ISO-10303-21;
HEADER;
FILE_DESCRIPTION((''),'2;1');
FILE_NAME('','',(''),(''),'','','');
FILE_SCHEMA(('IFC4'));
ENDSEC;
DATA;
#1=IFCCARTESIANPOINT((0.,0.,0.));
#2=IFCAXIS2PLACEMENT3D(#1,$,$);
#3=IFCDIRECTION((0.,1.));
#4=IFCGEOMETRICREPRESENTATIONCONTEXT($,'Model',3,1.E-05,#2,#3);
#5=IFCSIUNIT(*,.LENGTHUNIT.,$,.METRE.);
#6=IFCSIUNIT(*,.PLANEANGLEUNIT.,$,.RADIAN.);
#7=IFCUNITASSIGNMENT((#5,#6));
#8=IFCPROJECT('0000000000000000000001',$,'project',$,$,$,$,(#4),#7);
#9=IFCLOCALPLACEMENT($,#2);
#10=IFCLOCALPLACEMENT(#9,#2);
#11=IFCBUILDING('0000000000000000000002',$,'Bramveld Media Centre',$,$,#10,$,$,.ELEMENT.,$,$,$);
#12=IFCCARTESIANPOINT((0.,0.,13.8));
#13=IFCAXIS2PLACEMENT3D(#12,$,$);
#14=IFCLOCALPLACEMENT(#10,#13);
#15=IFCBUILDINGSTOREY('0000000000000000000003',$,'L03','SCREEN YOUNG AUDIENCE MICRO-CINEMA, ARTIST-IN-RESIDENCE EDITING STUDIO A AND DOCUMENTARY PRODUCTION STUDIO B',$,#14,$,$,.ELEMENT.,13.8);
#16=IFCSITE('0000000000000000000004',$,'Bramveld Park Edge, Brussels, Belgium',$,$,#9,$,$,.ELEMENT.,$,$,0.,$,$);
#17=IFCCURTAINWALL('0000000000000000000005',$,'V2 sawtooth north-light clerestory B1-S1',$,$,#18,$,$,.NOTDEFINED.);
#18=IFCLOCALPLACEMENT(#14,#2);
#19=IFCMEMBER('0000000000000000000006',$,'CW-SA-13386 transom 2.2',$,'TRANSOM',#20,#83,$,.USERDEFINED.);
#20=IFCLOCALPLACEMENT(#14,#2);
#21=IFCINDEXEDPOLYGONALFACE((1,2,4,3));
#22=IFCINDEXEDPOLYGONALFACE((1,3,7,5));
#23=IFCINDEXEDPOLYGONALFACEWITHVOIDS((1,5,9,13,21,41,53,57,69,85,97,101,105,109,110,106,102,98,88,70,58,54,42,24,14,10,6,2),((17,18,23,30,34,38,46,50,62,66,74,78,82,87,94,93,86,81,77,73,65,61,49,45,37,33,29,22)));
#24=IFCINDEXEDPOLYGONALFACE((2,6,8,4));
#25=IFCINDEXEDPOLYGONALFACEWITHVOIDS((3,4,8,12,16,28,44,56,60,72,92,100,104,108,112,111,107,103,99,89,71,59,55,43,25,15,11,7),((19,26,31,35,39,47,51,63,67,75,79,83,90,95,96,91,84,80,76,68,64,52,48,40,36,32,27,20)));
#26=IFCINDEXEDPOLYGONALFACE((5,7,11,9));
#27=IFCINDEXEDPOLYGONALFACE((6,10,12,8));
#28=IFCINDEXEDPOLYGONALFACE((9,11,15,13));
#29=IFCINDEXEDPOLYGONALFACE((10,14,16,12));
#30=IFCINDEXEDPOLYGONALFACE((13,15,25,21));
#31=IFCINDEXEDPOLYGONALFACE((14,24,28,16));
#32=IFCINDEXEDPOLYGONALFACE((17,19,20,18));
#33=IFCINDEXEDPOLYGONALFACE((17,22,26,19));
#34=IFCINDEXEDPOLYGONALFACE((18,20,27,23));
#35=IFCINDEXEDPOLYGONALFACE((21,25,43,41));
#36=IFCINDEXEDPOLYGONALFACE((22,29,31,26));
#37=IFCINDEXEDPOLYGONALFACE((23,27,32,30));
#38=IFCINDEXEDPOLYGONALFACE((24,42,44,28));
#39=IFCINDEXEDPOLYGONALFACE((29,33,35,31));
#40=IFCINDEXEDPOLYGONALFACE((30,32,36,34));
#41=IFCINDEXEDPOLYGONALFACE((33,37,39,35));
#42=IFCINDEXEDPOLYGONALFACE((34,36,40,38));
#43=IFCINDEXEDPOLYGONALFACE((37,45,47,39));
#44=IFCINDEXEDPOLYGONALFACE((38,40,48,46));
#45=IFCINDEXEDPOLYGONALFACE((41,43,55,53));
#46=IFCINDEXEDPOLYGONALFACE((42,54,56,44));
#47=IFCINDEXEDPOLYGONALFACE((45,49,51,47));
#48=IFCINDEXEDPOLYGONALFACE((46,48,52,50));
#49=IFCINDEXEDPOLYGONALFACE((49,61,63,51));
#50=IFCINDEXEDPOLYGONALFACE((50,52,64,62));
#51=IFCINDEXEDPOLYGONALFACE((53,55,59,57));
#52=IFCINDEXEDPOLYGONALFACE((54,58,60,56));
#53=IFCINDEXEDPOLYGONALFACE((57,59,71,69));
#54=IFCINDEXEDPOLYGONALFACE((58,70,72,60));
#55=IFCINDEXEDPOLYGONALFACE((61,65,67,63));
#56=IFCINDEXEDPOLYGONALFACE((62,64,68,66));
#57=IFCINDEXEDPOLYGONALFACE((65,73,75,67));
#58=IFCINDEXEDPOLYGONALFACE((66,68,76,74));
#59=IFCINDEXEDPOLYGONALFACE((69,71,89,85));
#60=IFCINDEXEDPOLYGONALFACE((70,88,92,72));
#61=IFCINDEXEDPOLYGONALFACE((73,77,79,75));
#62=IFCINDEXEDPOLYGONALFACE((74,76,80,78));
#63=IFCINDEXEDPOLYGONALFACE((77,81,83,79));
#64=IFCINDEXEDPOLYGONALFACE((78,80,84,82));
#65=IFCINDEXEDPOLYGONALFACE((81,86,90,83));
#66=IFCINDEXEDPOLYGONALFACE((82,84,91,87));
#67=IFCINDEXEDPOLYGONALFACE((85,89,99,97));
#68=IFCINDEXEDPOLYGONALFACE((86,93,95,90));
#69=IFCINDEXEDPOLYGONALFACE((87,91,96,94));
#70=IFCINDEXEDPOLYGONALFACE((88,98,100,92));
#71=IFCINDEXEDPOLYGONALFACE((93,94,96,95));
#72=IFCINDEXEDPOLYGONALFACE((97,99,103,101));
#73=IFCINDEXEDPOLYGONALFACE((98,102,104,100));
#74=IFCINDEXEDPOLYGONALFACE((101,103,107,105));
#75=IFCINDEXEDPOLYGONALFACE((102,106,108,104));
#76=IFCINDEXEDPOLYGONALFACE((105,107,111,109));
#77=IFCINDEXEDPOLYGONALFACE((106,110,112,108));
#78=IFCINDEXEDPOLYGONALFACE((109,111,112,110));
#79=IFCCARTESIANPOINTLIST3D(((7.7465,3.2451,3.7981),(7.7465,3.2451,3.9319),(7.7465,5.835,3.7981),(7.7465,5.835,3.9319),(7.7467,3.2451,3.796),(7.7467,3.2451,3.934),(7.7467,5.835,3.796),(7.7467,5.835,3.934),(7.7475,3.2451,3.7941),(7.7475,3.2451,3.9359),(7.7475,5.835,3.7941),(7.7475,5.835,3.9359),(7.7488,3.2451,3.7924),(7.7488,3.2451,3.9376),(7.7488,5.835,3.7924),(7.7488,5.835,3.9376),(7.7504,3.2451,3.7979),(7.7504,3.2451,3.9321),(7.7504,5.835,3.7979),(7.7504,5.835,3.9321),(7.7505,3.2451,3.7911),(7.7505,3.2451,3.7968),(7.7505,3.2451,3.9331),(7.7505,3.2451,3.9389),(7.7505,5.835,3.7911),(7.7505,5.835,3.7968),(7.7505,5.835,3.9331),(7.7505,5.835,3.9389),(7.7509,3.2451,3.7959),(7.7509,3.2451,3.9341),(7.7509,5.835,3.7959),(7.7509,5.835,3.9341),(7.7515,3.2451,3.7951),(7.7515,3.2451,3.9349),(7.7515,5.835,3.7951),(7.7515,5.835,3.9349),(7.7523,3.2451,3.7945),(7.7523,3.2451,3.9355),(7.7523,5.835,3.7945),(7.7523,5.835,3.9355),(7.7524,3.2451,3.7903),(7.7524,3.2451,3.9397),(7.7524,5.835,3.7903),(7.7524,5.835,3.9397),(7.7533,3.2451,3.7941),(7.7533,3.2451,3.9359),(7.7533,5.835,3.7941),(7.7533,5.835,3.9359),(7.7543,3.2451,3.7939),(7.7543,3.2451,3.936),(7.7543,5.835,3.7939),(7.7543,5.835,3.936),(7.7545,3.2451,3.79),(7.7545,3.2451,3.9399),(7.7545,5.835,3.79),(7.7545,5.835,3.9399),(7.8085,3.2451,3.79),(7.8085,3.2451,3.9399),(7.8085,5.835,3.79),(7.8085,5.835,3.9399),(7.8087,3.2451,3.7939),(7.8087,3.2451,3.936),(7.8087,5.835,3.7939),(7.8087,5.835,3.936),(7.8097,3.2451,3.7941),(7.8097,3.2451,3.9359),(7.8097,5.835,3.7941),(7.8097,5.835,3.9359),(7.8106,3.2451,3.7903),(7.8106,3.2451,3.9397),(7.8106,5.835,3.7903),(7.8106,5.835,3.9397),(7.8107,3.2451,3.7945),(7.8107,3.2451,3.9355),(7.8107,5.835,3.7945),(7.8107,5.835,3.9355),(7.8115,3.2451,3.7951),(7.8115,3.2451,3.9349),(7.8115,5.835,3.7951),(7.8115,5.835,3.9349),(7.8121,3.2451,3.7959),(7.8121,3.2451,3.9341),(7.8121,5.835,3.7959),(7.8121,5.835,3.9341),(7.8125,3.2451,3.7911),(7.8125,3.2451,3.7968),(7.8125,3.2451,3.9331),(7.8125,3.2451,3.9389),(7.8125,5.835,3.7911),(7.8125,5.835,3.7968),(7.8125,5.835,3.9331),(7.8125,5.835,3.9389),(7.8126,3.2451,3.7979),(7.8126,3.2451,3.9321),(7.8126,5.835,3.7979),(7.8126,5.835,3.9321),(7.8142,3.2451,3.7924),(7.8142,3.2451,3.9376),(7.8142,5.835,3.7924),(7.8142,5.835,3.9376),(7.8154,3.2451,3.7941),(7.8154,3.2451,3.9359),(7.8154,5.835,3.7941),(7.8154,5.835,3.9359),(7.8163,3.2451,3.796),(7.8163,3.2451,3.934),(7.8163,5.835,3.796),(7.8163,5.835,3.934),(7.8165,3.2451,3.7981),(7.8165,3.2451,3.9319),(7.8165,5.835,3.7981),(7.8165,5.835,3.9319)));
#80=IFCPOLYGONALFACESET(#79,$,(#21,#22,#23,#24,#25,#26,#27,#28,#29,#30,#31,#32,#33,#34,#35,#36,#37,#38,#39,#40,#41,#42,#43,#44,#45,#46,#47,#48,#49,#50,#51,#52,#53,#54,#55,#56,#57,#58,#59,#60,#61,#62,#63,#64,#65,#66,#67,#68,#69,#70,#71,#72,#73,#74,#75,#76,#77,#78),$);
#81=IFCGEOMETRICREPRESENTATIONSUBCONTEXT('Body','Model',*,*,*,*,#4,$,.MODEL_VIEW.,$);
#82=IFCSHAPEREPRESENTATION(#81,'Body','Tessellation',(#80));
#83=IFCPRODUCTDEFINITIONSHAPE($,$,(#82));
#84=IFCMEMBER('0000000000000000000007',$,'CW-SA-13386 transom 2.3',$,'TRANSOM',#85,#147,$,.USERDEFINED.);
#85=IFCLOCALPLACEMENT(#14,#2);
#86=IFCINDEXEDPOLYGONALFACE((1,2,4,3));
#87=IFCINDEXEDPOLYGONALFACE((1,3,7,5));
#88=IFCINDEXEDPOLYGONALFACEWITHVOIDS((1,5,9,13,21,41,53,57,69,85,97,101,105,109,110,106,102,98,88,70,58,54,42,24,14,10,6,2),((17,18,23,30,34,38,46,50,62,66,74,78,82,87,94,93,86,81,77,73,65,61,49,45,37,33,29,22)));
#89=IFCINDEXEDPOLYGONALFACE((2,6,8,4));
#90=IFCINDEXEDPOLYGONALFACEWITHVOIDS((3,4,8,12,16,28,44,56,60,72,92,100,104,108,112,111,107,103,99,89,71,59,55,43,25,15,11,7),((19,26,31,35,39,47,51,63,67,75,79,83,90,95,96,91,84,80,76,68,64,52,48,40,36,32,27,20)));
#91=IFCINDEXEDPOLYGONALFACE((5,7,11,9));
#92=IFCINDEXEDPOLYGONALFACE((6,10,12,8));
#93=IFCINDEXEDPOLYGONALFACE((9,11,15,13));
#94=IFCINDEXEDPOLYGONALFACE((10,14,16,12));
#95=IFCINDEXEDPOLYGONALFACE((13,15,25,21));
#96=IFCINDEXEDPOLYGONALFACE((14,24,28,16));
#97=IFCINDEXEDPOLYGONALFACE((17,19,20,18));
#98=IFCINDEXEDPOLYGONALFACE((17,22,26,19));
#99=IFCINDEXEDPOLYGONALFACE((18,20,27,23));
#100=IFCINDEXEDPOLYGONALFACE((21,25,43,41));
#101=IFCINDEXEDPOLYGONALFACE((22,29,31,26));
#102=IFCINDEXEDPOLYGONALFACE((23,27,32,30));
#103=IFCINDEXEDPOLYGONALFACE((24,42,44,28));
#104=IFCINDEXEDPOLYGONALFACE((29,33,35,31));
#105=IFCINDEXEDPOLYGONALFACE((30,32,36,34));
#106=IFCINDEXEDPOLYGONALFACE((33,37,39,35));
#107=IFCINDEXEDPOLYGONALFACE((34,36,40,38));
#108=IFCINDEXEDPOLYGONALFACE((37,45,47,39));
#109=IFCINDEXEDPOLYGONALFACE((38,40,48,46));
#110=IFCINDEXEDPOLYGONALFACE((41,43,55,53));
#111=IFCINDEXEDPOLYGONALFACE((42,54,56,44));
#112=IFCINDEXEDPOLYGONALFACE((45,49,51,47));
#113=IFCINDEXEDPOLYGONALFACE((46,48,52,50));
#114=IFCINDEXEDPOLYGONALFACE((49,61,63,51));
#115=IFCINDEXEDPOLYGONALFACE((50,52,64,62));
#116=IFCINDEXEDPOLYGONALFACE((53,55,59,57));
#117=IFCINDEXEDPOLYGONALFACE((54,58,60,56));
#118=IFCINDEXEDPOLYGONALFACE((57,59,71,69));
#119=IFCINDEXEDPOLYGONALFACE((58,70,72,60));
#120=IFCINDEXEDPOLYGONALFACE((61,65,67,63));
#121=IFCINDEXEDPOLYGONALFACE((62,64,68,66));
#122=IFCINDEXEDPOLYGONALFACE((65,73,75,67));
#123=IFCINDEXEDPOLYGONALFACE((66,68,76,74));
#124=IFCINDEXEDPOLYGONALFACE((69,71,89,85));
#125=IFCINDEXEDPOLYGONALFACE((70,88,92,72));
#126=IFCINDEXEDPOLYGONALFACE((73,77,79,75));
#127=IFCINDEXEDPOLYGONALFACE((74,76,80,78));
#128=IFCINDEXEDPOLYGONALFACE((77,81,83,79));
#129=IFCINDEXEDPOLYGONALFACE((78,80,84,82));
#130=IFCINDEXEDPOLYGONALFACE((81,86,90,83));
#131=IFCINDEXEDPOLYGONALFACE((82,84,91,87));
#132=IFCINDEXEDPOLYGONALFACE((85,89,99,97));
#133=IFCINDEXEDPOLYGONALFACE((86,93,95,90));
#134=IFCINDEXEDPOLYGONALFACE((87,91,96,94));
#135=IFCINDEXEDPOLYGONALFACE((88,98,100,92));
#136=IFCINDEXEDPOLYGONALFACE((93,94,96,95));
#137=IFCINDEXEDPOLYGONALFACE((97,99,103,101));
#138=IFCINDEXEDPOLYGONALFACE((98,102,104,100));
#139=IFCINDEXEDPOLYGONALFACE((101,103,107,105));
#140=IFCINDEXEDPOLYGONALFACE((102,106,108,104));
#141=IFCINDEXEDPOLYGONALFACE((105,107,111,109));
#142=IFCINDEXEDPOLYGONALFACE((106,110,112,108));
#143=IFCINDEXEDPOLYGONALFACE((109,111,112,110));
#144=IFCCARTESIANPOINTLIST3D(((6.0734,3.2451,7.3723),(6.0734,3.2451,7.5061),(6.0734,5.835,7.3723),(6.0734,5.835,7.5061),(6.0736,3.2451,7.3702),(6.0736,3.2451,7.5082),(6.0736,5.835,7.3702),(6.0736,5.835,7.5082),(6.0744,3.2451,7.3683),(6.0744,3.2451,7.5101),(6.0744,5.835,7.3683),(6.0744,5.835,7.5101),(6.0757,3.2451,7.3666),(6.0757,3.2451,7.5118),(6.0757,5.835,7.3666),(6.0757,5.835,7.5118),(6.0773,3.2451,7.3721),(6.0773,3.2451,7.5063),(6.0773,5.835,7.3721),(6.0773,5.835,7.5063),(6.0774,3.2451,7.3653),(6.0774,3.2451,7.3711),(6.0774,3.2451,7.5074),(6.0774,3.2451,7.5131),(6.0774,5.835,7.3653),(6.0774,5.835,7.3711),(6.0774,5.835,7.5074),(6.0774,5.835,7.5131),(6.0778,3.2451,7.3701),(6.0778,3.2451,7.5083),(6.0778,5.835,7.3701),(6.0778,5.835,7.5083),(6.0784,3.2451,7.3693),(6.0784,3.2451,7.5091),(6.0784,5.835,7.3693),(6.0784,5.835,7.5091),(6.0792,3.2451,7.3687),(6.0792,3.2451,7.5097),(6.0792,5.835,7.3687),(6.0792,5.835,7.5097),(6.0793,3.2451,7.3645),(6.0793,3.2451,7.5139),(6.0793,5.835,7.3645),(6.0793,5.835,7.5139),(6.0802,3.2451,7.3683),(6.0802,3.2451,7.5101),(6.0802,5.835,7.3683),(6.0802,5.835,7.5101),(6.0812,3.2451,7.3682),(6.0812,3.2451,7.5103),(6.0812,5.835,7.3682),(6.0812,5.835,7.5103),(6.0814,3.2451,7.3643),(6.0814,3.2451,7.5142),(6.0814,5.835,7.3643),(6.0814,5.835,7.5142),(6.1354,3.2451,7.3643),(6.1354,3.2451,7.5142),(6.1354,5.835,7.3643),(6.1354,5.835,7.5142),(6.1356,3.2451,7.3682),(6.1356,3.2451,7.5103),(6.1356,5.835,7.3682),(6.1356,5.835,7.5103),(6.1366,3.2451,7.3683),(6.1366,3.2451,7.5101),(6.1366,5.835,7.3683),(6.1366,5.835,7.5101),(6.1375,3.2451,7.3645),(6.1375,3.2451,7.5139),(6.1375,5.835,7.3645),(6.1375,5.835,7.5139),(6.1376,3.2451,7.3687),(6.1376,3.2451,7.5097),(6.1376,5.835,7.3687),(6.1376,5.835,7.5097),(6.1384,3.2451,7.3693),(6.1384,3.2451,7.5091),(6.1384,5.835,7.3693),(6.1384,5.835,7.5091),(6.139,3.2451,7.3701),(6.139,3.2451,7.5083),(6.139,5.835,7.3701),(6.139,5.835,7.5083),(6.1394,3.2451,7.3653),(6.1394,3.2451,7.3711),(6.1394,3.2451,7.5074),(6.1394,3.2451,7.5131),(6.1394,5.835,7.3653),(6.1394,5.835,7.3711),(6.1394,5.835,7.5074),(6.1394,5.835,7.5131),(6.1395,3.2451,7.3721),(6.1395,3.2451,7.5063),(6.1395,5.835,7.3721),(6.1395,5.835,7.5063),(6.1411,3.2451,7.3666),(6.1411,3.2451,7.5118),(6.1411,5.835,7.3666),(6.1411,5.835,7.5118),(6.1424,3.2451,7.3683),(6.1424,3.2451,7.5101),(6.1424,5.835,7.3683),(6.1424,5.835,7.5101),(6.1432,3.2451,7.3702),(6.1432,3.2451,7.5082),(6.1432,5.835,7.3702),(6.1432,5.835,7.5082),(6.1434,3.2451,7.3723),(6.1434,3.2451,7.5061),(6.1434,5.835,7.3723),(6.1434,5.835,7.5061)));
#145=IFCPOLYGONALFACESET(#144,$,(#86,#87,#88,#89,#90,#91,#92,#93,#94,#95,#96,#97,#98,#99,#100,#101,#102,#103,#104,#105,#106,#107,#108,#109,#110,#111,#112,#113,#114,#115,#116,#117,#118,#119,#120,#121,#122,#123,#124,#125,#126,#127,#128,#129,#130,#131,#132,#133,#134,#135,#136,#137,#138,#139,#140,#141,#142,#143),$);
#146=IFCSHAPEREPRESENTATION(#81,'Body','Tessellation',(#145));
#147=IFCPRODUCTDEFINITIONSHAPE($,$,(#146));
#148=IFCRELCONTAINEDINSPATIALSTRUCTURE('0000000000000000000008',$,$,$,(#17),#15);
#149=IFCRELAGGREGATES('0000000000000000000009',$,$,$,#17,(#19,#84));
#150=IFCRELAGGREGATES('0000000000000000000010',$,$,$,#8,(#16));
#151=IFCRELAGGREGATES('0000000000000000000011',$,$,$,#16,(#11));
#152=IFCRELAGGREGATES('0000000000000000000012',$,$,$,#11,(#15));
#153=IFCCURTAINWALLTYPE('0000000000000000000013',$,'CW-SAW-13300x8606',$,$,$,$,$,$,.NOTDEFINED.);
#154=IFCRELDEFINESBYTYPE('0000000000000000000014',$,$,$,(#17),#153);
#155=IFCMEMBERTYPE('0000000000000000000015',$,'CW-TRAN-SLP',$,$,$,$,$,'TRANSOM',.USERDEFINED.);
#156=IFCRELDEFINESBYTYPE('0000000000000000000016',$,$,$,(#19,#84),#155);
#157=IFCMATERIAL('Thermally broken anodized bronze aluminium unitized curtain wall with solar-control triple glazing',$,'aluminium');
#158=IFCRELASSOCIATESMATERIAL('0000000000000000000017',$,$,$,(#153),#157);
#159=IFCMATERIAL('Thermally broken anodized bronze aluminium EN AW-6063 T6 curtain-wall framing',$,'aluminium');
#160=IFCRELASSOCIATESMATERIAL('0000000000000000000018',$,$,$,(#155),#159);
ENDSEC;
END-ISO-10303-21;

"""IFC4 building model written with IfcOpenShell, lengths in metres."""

from ifc_helpers import new_model, si_unit, direction, frame, origin, origin_2d, place, context, subcontext, project, spatial, hollow_rectangle, extrude, material, material_profile, profile_set, type_object, element, aggregate, save


model = new_model("IFC4")

# Units and contexts
model_context = context("Model", 3, precision=1e-05, world=origin(), true_north=direction((0.0, 1.0)))
body_context = subcontext(model_context, "Body", "Model", "MODEL_VIEW")
ifc_project = project(units=[si_unit("LENGTHUNIT", "METRE"), si_unit("PLANEANGLEUNIT", "RADIAN")], contexts=[model_context])

# Site, building, storey
site_placement = place(None, origin())
site = spatial("IfcSite", under=ifc_project, at=site_placement, Name="Bramveld Park Edge, Brussels, Belgium", CompositionType="ELEMENT", RefElevation=0.0)
building_placement = place(site_placement, origin())
building = spatial("IfcBuilding", under=site, at=building_placement, Name="Bramveld Media Centre", CompositionType="ELEMENT")
storey_placement = place(building_placement, frame((0.0, 0.0, 13.8)))
storey = spatial("IfcBuildingStorey", under=building, at=storey_placement, Name="L03", Description="SCREEN YOUNG AUDIENCE MICRO-CINEMA, ARTIST-IN-RESIDENCE EDITING STUDIO A AND DOCUMENTARY PRODUCTION STUDIO B", CompositionType="ELEMENT", Elevation=13.8)

# Curtain wall, members
ifc_material_1 = material(Name="Thermally broken anodized bronze aluminium unitized curtain wall with solar-control triple glazing", Category="aluminium")
curtain_wall_type = type_object("IfcCurtainWallType", Name="CW-SAW-13300x8606", PredefinedType="NOTDEFINED", material=ifc_material_1)
curtain_wall_placement = place(storey_placement, origin())
curtain_wall = element("IfcCurtainWall", 1, at=curtain_wall_placement, inside=storey, type_object=curtain_wall_type, Name="V2 sawtooth north-light clerestory B1-S1", PredefinedType="NOTDEFINED")
ifc_material_2 = material(Name="Thermally broken anodized bronze aluminium EN AW-6063 T6 curtain-wall framing", Category="aluminium")
ifc_material_profile_1 = material_profile(ifc_material_2, hollow_rectangle(XDim=0.0701, YDim=0.1499, WallThickness=0.0039, InnerFilletRadius=0.0039, OuterFilletRadius=0.0081, at=origin_2d()), Name="AL-TRAN 70x150")
ifc_profile_set_1 = profile_set([ifc_material_profile_1], Name="Thermally broken anodized bronze aluminium EN AW-6063 T6 curtain-wall framing")
member_type_1 = type_object("IfcMemberType", Name="CW-TRAN-SLP", ElementType="TRANSOM", PredefinedType="USERDEFINED", material=ifc_profile_set_1)
member_1_placement = place(storey_placement, frame((7.7815, 3.2451, 3.865), z_axis=(0.0, 1.0, 0.0), x_axis=(-1.0, 0.0, 0.0)))
member_1 = element("IfcMember", 2, at=member_1_placement, type_object=member_type_1, Name="CW-SA-13386 transom 2.2", ObjectType="TRANSOM", PredefinedType="USERDEFINED", context=body_context, shape_type="SweptSolid", body=[
    extrude(hollow_rectangle(XDim=0.0701, YDim=0.1499, WallThickness=0.0039, InnerFilletRadius=0.0039, OuterFilletRadius=0.0081, at=origin_2d()), origin(), (0.0, 0.0, 1.0), 2.5898),
])
member_2_placement = place(storey_placement, frame((6.1084, 3.2451, 7.4392), z_axis=(0.0, 1.0, 0.0), x_axis=(-1.0, 0.0, 0.0)))
member_2 = element("IfcMember", 3, at=member_2_placement, type_object=member_type_1, Name="CW-SA-13386 transom 2.3", ObjectType="TRANSOM", PredefinedType="USERDEFINED", context=body_context, shape_type="SweptSolid", body=[
    extrude(hollow_rectangle(XDim=0.0701, YDim=0.1499, WallThickness=0.0039, InnerFilletRadius=0.0039, OuterFilletRadius=0.0081, at=origin_2d()), origin(), (0.0, 0.0, 1.0), 2.5898),
])

aggregate(curtain_wall, [member_1, member_2])

save(model, "model.ifc")
